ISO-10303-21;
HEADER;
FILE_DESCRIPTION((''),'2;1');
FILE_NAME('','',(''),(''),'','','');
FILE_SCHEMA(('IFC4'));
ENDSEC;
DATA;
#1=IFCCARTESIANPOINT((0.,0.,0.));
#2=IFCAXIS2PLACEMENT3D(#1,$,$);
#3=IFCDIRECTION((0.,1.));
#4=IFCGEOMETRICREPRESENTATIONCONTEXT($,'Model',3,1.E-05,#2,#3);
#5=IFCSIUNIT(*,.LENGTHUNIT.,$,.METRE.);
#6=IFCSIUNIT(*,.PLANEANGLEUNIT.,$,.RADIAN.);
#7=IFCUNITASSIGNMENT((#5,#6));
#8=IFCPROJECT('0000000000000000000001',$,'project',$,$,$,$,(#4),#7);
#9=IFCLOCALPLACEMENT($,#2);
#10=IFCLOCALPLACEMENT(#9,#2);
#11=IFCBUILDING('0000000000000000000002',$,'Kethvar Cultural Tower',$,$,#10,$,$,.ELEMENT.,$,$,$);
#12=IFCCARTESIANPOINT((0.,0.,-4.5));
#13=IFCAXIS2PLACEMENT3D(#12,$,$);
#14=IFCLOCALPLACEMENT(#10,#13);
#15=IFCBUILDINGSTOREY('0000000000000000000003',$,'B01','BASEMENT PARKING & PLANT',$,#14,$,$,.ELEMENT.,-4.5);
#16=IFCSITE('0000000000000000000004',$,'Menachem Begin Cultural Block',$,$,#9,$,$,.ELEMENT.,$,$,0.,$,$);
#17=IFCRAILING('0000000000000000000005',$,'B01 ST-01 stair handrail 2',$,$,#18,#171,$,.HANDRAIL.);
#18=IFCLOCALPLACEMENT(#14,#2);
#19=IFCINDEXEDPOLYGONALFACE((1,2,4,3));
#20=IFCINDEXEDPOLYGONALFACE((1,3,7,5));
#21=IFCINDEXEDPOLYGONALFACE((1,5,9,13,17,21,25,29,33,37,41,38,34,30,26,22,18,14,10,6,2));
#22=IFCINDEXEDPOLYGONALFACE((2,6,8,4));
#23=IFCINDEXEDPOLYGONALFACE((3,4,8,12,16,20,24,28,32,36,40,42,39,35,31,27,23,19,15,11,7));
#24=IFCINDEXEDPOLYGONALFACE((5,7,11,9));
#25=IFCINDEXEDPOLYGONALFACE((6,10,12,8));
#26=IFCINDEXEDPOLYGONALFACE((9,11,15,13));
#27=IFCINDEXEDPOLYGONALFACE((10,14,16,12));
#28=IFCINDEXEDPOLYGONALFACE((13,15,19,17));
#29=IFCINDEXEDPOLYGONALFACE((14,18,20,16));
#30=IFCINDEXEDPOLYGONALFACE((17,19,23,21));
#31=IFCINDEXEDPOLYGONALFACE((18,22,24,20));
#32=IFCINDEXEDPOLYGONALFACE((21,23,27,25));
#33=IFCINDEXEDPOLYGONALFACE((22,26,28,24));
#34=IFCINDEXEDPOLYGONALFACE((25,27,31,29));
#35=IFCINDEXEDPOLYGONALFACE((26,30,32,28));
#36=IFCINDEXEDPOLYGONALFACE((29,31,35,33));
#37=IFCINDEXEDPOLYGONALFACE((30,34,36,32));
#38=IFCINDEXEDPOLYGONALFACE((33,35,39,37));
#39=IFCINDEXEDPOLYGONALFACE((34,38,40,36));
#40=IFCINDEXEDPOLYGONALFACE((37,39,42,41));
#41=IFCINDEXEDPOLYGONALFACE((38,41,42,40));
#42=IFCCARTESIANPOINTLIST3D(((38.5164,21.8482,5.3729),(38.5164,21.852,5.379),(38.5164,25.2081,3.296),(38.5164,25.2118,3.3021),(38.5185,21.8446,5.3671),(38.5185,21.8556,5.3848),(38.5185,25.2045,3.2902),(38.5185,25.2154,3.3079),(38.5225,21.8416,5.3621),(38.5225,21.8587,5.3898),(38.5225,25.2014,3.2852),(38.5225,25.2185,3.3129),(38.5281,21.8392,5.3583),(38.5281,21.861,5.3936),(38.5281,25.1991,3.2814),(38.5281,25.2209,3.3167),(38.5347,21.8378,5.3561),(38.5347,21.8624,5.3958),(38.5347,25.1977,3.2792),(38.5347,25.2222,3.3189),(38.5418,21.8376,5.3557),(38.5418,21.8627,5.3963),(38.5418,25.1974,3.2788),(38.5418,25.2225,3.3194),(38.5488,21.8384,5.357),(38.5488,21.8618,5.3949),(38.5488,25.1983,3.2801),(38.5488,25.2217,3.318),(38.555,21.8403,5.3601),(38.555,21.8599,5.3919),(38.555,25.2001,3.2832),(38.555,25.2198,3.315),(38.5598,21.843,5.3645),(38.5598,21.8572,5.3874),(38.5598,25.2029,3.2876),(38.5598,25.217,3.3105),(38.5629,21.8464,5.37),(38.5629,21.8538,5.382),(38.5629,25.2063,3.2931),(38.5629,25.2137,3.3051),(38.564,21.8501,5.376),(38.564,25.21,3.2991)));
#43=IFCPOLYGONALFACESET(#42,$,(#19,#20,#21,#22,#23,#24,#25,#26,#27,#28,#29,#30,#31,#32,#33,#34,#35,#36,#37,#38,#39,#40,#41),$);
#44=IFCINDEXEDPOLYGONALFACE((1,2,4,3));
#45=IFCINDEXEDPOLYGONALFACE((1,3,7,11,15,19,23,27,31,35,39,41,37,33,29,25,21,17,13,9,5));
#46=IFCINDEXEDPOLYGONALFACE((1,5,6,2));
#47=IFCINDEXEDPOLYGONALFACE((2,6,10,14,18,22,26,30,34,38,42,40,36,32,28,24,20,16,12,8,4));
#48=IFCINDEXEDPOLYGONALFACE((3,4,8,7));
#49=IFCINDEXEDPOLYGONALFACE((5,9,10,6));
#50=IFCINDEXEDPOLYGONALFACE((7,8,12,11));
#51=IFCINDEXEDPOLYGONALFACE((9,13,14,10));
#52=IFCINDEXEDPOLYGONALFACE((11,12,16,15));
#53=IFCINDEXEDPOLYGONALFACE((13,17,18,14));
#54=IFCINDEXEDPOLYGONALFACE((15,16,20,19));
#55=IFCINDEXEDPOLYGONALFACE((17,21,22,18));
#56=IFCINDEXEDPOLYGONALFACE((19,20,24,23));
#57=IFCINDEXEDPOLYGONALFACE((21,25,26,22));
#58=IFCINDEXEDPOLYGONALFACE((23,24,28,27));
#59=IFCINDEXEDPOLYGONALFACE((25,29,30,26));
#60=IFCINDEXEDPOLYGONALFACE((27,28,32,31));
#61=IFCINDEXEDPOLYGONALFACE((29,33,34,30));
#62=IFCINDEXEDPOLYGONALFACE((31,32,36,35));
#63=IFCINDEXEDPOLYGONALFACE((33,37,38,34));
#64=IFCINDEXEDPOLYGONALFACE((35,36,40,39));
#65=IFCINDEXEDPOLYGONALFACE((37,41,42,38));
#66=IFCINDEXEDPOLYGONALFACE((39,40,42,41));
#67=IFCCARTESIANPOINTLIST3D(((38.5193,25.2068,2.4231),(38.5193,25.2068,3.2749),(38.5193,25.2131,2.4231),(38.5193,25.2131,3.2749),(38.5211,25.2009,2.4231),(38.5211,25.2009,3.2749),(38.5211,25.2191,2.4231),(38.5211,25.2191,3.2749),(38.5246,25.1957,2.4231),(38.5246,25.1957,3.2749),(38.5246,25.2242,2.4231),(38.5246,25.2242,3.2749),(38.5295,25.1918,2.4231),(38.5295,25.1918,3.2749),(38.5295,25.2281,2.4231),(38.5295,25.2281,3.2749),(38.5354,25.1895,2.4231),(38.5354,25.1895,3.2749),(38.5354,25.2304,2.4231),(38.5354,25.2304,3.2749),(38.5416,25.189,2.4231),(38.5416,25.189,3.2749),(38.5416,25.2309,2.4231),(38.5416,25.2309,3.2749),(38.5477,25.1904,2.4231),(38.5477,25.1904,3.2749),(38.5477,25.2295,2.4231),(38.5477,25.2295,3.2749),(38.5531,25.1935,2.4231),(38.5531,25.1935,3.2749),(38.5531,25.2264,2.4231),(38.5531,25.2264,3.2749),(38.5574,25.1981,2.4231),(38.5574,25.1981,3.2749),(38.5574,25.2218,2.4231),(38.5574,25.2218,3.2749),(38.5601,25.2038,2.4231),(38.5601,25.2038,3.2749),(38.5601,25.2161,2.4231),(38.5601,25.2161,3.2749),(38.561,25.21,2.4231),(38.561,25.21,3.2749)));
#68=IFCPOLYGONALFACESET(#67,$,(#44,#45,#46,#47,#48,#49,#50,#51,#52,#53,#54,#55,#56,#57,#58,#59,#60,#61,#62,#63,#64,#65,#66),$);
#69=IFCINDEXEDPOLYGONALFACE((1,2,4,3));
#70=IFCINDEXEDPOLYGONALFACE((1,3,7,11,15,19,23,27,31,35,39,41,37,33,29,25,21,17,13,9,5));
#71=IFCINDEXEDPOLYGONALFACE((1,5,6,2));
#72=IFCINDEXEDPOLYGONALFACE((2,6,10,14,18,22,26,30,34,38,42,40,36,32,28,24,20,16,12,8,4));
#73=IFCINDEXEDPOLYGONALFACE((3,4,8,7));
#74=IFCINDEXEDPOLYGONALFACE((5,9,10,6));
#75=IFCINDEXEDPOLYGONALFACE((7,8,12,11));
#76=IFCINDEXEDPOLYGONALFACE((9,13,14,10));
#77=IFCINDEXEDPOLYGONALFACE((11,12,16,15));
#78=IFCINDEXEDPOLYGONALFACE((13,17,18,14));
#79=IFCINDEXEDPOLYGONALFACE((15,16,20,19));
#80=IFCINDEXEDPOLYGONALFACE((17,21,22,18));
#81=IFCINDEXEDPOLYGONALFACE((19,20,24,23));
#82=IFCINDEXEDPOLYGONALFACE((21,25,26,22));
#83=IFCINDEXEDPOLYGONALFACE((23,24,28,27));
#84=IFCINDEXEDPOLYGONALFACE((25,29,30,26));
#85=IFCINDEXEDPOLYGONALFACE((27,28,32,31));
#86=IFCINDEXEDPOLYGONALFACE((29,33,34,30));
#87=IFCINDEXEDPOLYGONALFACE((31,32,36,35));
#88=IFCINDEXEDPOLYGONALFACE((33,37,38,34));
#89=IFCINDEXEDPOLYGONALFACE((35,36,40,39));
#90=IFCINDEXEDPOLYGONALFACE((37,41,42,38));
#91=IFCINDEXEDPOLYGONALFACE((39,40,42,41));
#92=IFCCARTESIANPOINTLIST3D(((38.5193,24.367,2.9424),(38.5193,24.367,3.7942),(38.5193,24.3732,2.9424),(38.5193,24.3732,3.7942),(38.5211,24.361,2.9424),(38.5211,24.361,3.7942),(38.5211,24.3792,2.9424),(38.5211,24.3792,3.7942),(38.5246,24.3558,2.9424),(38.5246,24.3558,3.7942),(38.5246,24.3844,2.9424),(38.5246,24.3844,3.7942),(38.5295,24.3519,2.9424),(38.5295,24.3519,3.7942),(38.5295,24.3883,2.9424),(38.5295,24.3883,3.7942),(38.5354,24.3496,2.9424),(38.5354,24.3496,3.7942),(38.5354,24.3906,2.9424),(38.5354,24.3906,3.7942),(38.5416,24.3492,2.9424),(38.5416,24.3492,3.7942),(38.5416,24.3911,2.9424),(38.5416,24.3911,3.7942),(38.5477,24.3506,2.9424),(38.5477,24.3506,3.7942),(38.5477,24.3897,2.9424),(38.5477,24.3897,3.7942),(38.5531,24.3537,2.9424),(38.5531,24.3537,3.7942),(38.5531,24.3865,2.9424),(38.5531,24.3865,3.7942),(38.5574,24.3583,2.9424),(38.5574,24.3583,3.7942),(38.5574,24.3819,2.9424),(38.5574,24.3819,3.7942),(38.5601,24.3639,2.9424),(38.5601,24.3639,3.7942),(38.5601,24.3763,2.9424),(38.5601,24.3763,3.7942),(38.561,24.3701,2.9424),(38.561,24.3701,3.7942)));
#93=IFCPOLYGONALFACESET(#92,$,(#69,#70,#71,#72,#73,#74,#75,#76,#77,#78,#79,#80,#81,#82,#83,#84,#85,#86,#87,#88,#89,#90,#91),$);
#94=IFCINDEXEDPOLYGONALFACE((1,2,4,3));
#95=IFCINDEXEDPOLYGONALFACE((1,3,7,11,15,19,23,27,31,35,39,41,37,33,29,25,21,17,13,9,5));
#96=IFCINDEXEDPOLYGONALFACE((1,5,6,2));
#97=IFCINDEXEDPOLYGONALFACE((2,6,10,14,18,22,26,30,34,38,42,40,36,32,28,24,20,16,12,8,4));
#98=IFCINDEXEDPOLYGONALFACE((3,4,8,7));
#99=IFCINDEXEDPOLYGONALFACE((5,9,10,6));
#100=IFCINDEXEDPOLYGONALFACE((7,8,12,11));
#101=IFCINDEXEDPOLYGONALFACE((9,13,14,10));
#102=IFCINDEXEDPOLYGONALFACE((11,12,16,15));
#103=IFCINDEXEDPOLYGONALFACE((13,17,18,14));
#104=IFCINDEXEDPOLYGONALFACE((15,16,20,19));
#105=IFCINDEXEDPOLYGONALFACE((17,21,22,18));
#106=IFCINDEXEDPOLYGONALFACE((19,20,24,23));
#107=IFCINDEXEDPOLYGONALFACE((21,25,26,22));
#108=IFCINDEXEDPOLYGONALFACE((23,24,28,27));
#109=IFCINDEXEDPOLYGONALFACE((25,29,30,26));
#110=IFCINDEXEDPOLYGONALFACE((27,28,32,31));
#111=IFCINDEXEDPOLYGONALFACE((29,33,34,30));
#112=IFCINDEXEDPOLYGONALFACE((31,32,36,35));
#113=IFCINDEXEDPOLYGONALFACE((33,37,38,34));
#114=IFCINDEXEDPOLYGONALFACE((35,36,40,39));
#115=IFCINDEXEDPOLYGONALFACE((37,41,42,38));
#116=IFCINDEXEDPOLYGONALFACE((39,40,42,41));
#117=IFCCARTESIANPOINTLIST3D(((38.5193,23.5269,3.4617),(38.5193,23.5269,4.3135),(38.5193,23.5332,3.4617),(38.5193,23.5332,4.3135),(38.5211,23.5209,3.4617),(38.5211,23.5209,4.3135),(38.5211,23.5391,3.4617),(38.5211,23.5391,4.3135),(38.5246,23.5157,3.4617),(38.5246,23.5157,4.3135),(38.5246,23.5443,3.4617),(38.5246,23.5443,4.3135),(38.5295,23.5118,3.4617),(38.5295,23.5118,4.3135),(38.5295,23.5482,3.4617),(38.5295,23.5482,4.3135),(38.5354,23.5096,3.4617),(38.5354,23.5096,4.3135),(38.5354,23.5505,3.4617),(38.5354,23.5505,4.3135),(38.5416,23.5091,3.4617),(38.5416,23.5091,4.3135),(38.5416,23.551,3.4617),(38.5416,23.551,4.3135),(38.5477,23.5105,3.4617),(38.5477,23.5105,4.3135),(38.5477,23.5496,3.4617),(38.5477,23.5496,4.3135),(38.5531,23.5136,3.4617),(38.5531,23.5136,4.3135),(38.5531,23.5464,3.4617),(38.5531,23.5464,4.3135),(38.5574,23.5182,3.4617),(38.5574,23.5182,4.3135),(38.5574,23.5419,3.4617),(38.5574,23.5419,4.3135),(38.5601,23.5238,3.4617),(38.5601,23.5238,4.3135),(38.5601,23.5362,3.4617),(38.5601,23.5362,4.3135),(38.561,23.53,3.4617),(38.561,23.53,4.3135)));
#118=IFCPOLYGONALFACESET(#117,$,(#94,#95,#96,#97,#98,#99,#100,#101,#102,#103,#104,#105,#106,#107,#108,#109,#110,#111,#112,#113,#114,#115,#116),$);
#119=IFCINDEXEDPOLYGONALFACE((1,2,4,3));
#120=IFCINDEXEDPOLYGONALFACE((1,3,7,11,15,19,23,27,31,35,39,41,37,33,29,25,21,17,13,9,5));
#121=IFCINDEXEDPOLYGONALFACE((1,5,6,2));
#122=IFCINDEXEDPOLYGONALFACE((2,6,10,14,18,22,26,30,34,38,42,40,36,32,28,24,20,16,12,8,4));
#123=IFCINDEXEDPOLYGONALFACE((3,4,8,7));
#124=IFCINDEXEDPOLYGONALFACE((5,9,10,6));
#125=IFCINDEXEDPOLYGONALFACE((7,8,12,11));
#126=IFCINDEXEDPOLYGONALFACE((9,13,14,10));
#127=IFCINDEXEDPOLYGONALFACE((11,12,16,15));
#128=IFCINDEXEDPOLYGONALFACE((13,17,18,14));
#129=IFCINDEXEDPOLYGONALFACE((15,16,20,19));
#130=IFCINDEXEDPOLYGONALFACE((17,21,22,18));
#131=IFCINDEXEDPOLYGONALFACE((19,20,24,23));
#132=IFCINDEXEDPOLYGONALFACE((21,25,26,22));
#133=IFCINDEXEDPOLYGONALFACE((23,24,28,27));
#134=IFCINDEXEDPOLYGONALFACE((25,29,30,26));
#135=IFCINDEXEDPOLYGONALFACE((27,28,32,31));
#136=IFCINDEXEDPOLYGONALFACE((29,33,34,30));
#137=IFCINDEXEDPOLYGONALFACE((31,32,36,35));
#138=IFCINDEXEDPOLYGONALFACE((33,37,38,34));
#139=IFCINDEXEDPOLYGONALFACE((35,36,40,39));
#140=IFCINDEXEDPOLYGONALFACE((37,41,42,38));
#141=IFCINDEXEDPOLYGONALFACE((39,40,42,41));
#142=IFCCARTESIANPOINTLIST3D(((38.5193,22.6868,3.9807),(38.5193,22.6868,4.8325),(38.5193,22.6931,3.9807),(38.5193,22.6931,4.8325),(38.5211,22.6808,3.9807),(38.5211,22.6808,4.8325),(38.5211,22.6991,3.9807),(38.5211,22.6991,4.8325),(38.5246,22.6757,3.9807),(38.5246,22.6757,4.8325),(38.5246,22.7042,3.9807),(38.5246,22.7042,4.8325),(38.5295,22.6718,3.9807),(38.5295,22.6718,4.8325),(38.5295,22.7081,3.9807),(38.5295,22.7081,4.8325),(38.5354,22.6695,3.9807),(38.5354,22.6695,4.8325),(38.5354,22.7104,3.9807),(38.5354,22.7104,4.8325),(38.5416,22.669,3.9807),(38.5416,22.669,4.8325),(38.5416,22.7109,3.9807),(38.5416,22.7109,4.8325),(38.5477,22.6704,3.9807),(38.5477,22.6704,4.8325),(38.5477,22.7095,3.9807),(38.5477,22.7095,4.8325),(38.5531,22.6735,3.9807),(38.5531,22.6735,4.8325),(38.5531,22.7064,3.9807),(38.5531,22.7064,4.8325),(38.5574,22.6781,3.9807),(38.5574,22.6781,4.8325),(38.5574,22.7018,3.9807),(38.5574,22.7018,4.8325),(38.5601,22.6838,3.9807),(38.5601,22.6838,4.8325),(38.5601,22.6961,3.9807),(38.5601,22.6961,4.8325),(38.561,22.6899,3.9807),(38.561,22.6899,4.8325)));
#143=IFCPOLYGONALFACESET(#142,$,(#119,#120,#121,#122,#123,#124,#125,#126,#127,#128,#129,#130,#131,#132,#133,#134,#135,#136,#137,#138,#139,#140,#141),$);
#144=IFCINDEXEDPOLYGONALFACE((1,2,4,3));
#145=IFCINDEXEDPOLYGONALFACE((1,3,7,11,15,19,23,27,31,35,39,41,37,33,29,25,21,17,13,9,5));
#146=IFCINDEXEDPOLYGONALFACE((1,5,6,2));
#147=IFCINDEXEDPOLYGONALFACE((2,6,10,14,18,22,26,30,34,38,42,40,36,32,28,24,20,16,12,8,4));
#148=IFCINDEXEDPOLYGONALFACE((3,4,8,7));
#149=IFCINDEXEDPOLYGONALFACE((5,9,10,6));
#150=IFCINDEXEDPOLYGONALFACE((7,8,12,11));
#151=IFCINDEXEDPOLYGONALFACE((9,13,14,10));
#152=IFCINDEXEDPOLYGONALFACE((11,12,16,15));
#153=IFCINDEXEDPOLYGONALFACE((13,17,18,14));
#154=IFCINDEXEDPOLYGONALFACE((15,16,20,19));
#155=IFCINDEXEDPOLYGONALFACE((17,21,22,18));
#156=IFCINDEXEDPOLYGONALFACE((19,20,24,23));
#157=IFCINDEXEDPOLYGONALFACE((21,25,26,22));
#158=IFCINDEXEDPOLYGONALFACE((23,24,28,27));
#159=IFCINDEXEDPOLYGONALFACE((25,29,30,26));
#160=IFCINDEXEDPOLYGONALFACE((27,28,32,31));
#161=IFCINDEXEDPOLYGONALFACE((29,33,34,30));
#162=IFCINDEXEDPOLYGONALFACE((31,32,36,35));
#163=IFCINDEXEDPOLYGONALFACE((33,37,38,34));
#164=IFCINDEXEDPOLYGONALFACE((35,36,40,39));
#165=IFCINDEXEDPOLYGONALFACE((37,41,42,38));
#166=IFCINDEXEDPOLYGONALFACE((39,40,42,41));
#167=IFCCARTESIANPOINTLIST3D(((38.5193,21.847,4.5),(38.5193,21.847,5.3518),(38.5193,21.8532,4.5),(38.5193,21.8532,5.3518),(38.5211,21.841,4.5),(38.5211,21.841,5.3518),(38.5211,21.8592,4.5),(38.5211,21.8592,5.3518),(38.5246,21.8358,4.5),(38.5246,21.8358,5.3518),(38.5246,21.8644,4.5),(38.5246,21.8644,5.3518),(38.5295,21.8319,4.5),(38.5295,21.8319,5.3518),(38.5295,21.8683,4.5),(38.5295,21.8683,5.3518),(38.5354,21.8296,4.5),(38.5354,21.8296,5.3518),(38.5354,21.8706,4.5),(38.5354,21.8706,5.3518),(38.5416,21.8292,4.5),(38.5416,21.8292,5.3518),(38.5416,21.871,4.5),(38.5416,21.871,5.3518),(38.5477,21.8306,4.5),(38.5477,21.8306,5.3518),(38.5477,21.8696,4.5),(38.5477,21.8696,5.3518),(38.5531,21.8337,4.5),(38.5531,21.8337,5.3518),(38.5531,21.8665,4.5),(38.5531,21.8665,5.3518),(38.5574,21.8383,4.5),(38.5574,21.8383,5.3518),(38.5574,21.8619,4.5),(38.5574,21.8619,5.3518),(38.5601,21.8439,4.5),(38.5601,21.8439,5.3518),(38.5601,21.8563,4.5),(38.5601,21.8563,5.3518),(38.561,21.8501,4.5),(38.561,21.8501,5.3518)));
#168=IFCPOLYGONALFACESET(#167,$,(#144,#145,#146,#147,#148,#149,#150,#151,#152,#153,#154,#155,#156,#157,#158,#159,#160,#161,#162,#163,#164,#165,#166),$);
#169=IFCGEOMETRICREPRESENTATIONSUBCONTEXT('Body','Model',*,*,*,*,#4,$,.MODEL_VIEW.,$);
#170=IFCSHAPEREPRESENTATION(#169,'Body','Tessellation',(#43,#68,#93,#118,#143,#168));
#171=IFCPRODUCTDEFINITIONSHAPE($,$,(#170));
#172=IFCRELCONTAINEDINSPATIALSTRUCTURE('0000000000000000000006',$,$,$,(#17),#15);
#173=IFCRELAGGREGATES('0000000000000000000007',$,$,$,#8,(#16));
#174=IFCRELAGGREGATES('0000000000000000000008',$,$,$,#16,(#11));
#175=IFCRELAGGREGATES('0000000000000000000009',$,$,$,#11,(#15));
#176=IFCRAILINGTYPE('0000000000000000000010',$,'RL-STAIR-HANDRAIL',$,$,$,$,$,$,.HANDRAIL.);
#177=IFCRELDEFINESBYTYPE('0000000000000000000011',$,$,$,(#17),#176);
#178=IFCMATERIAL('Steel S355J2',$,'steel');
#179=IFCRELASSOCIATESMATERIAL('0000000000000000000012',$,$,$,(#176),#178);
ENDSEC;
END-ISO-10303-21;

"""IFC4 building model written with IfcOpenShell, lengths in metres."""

from ifc_helpers import new_model, si_unit, direction, frame, origin, origin_2d, place, context, subcontext, project, spatial, circle, extrude, material, type_object, element, save


model = new_model("IFC4")

# Units and contexts
model_context = context("Model", 3, precision=1e-05, world=origin(), true_north=direction((0.0, 1.0)))
body_context = subcontext(model_context, "Body", "Model", "MODEL_VIEW")
ifc_project = project(units=[si_unit("LENGTHUNIT", "METRE"), si_unit("PLANEANGLEUNIT", "RADIAN")], contexts=[model_context])

# Site, building, storey
site_placement = place(None, origin())
site = spatial("IfcSite", under=ifc_project, at=site_placement, Name="Menachem Begin Cultural Block", CompositionType="ELEMENT", RefElevation=0.0)
building_placement = place(site_placement, origin())
building = spatial("IfcBuilding", under=site, at=building_placement, Name="Kethvar Cultural Tower", CompositionType="ELEMENT")
storey_placement = place(building_placement, frame((0.0, 0.0, -4.5)))
storey = spatial("IfcBuildingStorey", under=building, at=storey_placement, Name="B01", Description="BASEMENT PARKING & PLANT", CompositionType="ELEMENT", Elevation=-4.5)

# Shared definitions
ifc_material_1 = material(Name="Steel S355J2", Category="steel")

# Railing
railing_type_1 = type_object("IfcRailingType", Name="RL-STAIR-HANDRAIL", PredefinedType="HANDRAIL", material=ifc_material_1)
railing_1_placement = place(storey_placement, frame((38.54, 25.21, 2.4231)))
element("IfcRailing", 1, at=railing_1_placement, inside=storey, type_object=railing_type_1, Name="B01 ST-01 stair handrail 2", PredefinedType="HANDRAIL", context=body_context, shape_type="SweptSolid", body=[
    extrude(circle(Radius=0.0239, at=origin_2d()), frame((0.0, 0.0, 0.876), z_axis=(0.0, -0.850606, 0.525803), x_axis=(1.0, 0.0, 0.0)), (0.0, 0.0, 1.0), 3.95),
    extrude(circle(Radius=0.021, at=origin_2d()), origin(), (0.0, 0.0, 1.0), 0.8518),
    extrude(circle(Radius=0.021, at=origin_2d()), frame((0.0, -0.8398, 0.5193)), (0.0, 0.0, 1.0), 0.8518),
    extrude(circle(Radius=0.021, at=origin_2d()), frame((0.0, -1.6799, 1.0386)), (0.0, 0.0, 1.0), 0.8518),
    extrude(circle(Radius=0.021, at=origin_2d()), frame((0.0, -2.52, 1.5576)), (0.0, 0.0, 1.0), 0.8518),
    extrude(circle(Radius=0.021, at=origin_2d()), frame((0.0, -3.3599, 2.0769)), (0.0, 0.0, 1.0), 0.8518),
])

save(model, "model.ifc")
